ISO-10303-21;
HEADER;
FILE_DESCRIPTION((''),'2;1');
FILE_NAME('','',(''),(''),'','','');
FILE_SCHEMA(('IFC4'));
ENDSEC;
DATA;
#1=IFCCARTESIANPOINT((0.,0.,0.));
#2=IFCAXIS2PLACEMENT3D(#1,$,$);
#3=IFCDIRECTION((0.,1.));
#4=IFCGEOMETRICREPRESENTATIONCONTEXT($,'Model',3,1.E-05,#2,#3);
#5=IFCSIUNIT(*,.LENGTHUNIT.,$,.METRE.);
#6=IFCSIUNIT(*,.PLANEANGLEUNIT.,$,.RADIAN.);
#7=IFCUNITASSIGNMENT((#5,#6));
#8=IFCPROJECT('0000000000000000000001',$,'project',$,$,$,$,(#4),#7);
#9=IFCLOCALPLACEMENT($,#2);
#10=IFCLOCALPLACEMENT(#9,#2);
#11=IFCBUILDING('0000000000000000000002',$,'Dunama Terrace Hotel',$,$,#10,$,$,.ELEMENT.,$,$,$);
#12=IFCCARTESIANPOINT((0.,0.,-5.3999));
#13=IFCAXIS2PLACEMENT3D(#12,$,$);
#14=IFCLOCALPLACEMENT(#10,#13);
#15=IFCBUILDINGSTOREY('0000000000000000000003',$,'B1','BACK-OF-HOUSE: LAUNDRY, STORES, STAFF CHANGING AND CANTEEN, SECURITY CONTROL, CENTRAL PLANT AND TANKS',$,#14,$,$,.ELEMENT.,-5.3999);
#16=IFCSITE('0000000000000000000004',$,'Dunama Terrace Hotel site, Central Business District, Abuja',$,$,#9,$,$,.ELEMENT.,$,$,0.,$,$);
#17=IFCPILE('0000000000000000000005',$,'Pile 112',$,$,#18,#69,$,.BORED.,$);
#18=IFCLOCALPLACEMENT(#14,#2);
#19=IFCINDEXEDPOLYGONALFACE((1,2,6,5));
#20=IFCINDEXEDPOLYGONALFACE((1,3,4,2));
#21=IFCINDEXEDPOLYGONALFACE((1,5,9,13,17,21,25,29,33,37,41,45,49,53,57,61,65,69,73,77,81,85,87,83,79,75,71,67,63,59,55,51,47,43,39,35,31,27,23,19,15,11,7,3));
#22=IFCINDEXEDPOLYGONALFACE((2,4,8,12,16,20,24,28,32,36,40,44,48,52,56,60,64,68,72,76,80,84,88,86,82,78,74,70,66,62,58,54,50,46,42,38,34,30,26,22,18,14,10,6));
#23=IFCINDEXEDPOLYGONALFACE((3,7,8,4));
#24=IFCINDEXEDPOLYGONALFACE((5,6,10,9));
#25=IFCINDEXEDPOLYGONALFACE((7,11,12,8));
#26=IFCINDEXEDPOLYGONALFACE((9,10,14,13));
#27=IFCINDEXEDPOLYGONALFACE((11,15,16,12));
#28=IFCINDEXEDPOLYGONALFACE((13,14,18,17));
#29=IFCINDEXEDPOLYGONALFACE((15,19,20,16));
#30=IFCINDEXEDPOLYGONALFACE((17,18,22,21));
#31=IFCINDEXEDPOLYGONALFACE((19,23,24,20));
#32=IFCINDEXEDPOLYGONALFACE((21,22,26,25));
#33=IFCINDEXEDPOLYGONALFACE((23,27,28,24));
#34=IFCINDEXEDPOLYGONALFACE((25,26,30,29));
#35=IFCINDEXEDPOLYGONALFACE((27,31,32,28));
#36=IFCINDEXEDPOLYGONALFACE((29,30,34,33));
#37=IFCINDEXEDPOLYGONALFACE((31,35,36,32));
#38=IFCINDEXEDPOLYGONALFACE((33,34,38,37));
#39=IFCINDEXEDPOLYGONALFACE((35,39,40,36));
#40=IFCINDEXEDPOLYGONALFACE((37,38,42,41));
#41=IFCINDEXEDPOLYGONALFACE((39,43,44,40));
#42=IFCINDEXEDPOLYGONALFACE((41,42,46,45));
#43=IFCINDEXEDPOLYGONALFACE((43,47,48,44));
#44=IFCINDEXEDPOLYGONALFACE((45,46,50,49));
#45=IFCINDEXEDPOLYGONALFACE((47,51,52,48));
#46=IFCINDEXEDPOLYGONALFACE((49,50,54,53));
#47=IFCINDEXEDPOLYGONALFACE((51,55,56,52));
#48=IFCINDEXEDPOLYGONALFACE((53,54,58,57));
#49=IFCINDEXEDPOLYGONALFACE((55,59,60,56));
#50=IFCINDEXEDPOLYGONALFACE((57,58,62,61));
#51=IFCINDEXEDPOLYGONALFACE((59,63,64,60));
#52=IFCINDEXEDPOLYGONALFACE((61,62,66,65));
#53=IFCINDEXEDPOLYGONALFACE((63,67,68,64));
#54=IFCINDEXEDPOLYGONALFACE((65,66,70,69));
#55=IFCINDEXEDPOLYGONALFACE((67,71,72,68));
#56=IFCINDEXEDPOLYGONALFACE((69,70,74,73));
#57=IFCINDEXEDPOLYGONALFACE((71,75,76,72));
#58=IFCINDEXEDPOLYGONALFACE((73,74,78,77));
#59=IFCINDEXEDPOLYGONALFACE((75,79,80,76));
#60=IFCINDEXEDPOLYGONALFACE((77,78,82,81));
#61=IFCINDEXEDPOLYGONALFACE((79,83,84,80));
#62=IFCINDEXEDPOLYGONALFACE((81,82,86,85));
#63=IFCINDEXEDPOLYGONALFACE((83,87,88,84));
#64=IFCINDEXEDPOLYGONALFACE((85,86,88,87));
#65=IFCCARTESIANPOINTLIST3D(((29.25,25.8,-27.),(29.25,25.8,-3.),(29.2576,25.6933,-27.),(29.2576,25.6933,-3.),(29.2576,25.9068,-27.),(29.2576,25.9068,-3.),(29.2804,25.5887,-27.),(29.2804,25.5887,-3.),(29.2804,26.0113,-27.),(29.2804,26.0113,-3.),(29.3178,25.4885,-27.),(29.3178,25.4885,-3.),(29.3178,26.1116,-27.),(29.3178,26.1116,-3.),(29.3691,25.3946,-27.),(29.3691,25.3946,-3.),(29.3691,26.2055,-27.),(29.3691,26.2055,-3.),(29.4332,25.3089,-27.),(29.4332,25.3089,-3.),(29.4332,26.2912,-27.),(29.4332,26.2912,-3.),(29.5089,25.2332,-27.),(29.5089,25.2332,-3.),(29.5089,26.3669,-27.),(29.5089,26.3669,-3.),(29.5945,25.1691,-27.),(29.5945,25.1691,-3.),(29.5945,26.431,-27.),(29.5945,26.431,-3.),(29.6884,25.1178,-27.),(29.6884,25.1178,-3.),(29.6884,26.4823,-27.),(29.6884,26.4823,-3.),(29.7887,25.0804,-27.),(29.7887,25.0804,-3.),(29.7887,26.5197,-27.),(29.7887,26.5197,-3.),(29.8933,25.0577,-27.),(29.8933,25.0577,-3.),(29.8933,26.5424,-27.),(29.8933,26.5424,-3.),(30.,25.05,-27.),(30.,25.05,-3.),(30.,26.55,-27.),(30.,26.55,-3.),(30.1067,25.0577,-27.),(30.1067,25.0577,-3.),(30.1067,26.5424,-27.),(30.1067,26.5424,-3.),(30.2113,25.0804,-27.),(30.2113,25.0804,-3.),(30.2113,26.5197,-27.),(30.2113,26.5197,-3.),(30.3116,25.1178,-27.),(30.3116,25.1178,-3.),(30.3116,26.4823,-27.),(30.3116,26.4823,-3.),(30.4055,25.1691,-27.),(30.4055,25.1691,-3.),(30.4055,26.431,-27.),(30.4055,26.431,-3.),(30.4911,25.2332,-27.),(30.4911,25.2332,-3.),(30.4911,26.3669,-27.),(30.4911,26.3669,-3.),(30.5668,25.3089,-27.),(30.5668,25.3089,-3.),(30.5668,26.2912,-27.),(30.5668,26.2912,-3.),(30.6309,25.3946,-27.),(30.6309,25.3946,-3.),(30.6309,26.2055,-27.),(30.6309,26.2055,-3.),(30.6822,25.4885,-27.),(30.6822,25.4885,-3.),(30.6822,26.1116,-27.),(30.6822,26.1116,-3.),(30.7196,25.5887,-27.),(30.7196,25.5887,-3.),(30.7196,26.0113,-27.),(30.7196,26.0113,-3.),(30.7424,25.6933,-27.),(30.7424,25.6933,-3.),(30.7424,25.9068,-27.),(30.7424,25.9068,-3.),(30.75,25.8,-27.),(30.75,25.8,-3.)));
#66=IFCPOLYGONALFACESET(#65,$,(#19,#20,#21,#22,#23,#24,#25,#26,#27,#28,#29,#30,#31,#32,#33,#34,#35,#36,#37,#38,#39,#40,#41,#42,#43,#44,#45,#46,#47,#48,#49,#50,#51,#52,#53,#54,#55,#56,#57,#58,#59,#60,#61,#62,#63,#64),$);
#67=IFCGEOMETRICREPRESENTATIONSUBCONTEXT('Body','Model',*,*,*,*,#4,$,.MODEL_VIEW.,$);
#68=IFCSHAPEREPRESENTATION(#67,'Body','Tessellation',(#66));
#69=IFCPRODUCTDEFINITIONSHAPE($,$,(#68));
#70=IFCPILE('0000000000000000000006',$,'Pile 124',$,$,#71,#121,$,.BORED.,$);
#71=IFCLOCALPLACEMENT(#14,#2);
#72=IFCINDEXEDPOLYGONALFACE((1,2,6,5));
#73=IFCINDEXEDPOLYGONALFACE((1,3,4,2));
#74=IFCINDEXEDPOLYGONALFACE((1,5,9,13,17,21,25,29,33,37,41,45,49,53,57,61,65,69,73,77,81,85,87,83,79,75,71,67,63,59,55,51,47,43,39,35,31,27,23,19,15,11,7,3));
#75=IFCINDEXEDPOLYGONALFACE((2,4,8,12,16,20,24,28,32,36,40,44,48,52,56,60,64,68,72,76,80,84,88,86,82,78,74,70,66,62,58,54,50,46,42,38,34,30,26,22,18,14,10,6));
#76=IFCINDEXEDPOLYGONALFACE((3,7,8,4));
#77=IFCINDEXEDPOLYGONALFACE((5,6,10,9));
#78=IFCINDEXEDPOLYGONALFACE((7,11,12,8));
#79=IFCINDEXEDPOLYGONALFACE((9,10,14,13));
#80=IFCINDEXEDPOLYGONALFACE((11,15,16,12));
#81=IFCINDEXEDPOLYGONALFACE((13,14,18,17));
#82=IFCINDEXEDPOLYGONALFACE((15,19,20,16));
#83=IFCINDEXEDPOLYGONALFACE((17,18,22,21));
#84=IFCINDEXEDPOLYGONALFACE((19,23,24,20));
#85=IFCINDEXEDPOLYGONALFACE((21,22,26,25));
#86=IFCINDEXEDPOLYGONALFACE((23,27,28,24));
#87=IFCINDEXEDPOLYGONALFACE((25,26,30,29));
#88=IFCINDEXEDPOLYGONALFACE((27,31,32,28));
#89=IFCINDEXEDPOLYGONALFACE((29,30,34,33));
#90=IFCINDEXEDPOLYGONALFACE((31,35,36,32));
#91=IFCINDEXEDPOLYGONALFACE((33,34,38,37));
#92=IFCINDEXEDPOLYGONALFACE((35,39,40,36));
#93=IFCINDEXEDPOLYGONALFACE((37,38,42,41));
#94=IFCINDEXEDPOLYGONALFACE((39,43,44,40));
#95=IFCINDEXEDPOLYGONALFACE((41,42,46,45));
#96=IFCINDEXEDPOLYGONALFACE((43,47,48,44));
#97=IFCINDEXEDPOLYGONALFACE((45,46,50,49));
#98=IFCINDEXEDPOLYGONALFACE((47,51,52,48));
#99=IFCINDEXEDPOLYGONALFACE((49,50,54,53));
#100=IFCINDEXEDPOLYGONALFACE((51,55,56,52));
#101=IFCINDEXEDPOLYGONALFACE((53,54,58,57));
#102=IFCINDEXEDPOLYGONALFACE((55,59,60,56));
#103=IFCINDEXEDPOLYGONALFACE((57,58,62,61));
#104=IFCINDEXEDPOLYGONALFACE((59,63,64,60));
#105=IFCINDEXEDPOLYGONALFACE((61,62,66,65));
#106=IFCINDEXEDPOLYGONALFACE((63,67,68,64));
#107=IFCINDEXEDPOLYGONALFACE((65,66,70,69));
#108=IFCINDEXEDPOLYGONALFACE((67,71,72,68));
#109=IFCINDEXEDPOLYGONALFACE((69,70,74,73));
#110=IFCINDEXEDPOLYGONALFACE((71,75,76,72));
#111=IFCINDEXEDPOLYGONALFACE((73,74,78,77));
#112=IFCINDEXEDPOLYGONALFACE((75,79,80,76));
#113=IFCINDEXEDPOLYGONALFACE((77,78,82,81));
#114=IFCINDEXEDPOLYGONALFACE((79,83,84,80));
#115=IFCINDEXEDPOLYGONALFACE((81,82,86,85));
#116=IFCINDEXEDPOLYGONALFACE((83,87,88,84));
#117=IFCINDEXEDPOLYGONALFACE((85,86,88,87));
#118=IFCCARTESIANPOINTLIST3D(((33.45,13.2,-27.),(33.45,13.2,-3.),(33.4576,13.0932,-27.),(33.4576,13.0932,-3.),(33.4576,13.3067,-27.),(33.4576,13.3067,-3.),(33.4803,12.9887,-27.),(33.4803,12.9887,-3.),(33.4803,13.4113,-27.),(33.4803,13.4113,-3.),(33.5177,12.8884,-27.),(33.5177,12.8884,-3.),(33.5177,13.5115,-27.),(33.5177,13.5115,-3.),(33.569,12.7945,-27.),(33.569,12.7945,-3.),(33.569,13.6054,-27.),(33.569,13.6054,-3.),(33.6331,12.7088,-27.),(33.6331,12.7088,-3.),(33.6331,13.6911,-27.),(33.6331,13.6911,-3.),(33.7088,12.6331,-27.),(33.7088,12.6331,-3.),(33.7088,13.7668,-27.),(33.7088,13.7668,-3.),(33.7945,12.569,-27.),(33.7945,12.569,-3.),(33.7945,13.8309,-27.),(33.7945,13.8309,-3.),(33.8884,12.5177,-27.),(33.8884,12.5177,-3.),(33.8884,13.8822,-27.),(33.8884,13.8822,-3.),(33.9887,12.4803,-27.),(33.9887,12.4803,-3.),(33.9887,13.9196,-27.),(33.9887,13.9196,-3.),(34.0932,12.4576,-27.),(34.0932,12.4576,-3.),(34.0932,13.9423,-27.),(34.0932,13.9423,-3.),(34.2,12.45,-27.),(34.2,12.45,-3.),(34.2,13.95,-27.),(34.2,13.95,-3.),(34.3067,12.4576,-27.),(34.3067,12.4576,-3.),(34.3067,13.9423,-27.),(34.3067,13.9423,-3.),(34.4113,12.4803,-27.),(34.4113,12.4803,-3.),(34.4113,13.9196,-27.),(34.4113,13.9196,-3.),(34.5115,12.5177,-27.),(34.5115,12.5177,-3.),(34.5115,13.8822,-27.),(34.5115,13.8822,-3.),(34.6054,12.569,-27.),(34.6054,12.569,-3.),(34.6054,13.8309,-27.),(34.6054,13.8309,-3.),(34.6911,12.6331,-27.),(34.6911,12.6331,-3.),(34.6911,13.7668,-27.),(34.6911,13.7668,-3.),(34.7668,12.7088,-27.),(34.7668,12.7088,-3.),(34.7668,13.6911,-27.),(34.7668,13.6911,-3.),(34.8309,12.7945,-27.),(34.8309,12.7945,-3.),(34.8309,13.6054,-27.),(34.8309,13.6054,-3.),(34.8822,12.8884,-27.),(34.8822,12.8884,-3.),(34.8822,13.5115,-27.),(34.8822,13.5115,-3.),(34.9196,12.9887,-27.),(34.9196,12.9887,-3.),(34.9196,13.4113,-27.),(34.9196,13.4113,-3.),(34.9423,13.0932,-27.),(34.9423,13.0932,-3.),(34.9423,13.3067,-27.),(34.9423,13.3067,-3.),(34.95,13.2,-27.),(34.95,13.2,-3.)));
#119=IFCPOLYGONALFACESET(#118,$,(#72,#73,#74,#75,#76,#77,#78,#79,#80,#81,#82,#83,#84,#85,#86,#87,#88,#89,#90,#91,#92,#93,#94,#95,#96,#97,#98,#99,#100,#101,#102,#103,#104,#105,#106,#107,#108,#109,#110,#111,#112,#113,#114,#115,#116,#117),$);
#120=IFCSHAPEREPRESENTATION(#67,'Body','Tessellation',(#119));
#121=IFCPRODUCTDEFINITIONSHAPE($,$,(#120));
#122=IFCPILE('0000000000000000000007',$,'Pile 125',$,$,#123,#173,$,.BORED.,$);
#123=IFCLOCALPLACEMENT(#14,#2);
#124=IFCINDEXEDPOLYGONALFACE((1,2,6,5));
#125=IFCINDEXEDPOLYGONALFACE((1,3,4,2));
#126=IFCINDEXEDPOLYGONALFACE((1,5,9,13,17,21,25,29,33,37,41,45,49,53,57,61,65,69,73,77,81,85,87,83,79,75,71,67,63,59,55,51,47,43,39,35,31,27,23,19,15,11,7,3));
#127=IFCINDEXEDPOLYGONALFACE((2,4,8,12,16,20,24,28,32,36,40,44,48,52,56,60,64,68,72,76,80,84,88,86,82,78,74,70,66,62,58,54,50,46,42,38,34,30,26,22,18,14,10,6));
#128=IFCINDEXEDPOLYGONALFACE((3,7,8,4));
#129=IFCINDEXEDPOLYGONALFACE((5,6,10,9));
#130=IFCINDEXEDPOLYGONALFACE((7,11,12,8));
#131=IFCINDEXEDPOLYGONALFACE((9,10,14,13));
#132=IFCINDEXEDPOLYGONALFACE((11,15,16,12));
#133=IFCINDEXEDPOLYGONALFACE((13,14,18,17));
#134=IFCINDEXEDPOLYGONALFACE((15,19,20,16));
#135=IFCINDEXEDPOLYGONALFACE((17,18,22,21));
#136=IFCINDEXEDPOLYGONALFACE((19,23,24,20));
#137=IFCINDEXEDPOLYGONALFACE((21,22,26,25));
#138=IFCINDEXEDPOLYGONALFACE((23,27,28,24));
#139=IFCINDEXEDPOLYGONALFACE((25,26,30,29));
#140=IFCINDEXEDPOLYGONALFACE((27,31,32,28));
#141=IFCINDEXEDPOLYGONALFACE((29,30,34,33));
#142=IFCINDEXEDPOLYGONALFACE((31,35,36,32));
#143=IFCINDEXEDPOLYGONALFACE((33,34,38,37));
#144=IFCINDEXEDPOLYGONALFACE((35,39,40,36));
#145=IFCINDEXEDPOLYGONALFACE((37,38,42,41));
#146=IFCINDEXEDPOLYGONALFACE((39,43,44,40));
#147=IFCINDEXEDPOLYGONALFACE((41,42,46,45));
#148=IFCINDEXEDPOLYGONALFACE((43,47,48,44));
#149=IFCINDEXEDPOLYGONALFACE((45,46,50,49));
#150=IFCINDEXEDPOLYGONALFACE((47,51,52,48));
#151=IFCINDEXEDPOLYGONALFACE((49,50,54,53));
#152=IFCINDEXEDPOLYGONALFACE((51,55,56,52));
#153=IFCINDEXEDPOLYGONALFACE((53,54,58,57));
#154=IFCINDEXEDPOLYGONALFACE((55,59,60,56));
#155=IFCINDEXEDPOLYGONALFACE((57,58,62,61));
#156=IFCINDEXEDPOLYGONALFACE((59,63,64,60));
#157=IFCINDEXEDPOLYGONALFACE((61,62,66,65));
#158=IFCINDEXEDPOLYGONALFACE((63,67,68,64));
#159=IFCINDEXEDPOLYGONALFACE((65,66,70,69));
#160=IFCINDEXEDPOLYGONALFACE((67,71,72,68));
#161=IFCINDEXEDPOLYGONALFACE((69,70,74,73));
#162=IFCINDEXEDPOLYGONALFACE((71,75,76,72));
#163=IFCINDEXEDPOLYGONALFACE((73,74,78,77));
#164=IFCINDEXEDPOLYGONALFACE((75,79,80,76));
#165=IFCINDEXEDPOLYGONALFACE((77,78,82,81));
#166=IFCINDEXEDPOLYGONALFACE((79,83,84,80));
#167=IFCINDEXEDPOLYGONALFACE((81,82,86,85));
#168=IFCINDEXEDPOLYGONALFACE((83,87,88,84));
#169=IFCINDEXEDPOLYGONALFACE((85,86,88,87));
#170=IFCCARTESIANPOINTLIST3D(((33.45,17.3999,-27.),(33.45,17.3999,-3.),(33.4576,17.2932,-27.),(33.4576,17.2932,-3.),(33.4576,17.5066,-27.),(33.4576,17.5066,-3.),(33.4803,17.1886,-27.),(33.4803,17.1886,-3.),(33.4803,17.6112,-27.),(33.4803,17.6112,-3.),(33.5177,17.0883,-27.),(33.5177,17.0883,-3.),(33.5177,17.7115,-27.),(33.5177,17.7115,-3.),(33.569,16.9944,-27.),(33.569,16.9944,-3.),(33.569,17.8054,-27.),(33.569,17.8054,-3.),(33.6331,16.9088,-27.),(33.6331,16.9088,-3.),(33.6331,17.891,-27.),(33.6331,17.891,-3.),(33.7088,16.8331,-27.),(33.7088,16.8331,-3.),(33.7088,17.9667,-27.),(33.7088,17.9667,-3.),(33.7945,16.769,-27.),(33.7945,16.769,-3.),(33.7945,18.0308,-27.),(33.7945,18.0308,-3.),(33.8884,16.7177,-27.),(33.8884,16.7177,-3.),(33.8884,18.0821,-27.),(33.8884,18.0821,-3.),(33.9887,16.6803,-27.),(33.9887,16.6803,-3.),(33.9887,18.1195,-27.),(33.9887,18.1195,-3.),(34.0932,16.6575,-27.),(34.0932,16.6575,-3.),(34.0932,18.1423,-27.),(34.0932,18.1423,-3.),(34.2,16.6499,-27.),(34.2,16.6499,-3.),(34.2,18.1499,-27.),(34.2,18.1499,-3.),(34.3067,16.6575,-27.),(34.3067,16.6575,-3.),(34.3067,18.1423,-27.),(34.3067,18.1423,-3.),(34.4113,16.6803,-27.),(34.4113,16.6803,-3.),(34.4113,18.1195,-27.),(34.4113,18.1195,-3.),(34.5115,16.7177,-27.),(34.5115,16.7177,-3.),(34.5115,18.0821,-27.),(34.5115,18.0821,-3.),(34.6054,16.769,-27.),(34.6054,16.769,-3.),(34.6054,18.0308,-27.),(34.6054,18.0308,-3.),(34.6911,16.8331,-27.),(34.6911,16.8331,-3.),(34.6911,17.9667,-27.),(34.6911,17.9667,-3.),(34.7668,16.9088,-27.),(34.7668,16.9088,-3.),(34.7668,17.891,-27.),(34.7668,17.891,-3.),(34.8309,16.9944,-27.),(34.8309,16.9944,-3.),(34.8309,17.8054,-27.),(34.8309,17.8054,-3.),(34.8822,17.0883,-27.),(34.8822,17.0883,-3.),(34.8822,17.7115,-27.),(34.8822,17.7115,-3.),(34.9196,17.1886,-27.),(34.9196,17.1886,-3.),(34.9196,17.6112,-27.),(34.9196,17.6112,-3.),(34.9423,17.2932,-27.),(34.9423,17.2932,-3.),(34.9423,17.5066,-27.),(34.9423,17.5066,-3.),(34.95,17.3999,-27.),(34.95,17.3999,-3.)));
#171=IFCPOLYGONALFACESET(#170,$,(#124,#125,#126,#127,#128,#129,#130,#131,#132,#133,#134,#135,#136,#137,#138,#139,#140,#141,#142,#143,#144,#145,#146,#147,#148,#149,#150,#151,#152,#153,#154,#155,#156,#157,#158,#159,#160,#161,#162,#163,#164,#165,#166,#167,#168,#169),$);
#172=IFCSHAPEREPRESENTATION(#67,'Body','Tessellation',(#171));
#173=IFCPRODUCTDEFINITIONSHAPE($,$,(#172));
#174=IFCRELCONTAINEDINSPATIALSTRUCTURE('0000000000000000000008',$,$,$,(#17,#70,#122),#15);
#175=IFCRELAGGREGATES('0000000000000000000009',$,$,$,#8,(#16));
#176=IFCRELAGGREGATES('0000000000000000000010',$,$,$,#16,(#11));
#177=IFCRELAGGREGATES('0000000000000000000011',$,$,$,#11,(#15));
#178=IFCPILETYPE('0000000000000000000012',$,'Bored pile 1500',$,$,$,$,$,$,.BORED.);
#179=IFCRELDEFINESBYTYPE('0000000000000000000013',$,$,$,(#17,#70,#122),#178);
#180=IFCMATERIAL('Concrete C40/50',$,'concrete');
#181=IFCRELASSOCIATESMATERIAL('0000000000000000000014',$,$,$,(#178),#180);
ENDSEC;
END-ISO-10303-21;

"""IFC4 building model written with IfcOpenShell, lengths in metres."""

from ifc_helpers import new_model, si_unit, direction, frame, origin, origin_2d, place, context, subcontext, project, spatial, circle, extrude, material, material_profile, profile_set, type_object, element, save


model = new_model("IFC4")

# Units and contexts
model_context = context("Model", 3, precision=1e-05, world=origin(), true_north=direction((0.0, 1.0)))
body_context = subcontext(model_context, "Body", "Model", "MODEL_VIEW")
ifc_project = project(units=[si_unit("LENGTHUNIT", "METRE"), si_unit("PLANEANGLEUNIT", "RADIAN")], contexts=[model_context])

# Site, building, storey
site_placement = place(None, origin())
site = spatial("IfcSite", under=ifc_project, at=site_placement, Name="Dunama Terrace Hotel site, Central Business District, Abuja", CompositionType="ELEMENT", RefElevation=0.0)
building_placement = place(site_placement, origin())
building = spatial("IfcBuilding", under=site, at=building_placement, Name="Dunama Terrace Hotel", CompositionType="ELEMENT")
storey_placement = place(building_placement, frame((0.0, 0.0, -5.3999)))
storey = spatial("IfcBuildingStorey", under=building, at=storey_placement, Name="B1", Description="BACK-OF-HOUSE: LAUNDRY, STORES, STAFF CHANGING AND CANTEEN, SECURITY CONTROL, CENTRAL PLANT AND TANKS", CompositionType="ELEMENT", Elevation=-5.3999)

# Piles
ifc_material_1 = material(Name="Concrete C40/50", Category="concrete")
ifc_material_profile = material_profile(ifc_material_1, circle(Radius=0.75, at=origin_2d()), Name="PILE D1500")
ifc_profile_set = profile_set([ifc_material_profile], Name="Concrete C40/50")
pile_type = type_object("IfcPileType", Name="Bored pile 1500", PredefinedType="BORED", material=ifc_profile_set)
for number, where, z_axis, x_axis, name in (
    (1, (30.0, 25.8, -3.0), (0.0, 0.0, -1.0), (1.0, 0.0, 0.0), "Pile 112"),
    (2, (34.2, 13.2, -3.0), (0.0, 0.0, -1.0), (1.0, 0.0, 0.0), "Pile 124"),
    (3, (34.2, 17.3999, -3.0), (0.0, 0.0, -1.0), (1.0, 0.0, 0.0), "Pile 125"),
):
    element("IfcPile", number, at=place(storey_placement, frame(where, z_axis=z_axis, x_axis=x_axis)), inside=storey, type_object=pile_type, Name=name, PredefinedType="BORED", context=body_context, shape_type="SweptSolid", body=[
        extrude(circle(Radius=0.75, at=origin_2d()), origin(), (0.0, 0.0, 1.0), 24.0),
    ])

save(model, "model.ifc")
